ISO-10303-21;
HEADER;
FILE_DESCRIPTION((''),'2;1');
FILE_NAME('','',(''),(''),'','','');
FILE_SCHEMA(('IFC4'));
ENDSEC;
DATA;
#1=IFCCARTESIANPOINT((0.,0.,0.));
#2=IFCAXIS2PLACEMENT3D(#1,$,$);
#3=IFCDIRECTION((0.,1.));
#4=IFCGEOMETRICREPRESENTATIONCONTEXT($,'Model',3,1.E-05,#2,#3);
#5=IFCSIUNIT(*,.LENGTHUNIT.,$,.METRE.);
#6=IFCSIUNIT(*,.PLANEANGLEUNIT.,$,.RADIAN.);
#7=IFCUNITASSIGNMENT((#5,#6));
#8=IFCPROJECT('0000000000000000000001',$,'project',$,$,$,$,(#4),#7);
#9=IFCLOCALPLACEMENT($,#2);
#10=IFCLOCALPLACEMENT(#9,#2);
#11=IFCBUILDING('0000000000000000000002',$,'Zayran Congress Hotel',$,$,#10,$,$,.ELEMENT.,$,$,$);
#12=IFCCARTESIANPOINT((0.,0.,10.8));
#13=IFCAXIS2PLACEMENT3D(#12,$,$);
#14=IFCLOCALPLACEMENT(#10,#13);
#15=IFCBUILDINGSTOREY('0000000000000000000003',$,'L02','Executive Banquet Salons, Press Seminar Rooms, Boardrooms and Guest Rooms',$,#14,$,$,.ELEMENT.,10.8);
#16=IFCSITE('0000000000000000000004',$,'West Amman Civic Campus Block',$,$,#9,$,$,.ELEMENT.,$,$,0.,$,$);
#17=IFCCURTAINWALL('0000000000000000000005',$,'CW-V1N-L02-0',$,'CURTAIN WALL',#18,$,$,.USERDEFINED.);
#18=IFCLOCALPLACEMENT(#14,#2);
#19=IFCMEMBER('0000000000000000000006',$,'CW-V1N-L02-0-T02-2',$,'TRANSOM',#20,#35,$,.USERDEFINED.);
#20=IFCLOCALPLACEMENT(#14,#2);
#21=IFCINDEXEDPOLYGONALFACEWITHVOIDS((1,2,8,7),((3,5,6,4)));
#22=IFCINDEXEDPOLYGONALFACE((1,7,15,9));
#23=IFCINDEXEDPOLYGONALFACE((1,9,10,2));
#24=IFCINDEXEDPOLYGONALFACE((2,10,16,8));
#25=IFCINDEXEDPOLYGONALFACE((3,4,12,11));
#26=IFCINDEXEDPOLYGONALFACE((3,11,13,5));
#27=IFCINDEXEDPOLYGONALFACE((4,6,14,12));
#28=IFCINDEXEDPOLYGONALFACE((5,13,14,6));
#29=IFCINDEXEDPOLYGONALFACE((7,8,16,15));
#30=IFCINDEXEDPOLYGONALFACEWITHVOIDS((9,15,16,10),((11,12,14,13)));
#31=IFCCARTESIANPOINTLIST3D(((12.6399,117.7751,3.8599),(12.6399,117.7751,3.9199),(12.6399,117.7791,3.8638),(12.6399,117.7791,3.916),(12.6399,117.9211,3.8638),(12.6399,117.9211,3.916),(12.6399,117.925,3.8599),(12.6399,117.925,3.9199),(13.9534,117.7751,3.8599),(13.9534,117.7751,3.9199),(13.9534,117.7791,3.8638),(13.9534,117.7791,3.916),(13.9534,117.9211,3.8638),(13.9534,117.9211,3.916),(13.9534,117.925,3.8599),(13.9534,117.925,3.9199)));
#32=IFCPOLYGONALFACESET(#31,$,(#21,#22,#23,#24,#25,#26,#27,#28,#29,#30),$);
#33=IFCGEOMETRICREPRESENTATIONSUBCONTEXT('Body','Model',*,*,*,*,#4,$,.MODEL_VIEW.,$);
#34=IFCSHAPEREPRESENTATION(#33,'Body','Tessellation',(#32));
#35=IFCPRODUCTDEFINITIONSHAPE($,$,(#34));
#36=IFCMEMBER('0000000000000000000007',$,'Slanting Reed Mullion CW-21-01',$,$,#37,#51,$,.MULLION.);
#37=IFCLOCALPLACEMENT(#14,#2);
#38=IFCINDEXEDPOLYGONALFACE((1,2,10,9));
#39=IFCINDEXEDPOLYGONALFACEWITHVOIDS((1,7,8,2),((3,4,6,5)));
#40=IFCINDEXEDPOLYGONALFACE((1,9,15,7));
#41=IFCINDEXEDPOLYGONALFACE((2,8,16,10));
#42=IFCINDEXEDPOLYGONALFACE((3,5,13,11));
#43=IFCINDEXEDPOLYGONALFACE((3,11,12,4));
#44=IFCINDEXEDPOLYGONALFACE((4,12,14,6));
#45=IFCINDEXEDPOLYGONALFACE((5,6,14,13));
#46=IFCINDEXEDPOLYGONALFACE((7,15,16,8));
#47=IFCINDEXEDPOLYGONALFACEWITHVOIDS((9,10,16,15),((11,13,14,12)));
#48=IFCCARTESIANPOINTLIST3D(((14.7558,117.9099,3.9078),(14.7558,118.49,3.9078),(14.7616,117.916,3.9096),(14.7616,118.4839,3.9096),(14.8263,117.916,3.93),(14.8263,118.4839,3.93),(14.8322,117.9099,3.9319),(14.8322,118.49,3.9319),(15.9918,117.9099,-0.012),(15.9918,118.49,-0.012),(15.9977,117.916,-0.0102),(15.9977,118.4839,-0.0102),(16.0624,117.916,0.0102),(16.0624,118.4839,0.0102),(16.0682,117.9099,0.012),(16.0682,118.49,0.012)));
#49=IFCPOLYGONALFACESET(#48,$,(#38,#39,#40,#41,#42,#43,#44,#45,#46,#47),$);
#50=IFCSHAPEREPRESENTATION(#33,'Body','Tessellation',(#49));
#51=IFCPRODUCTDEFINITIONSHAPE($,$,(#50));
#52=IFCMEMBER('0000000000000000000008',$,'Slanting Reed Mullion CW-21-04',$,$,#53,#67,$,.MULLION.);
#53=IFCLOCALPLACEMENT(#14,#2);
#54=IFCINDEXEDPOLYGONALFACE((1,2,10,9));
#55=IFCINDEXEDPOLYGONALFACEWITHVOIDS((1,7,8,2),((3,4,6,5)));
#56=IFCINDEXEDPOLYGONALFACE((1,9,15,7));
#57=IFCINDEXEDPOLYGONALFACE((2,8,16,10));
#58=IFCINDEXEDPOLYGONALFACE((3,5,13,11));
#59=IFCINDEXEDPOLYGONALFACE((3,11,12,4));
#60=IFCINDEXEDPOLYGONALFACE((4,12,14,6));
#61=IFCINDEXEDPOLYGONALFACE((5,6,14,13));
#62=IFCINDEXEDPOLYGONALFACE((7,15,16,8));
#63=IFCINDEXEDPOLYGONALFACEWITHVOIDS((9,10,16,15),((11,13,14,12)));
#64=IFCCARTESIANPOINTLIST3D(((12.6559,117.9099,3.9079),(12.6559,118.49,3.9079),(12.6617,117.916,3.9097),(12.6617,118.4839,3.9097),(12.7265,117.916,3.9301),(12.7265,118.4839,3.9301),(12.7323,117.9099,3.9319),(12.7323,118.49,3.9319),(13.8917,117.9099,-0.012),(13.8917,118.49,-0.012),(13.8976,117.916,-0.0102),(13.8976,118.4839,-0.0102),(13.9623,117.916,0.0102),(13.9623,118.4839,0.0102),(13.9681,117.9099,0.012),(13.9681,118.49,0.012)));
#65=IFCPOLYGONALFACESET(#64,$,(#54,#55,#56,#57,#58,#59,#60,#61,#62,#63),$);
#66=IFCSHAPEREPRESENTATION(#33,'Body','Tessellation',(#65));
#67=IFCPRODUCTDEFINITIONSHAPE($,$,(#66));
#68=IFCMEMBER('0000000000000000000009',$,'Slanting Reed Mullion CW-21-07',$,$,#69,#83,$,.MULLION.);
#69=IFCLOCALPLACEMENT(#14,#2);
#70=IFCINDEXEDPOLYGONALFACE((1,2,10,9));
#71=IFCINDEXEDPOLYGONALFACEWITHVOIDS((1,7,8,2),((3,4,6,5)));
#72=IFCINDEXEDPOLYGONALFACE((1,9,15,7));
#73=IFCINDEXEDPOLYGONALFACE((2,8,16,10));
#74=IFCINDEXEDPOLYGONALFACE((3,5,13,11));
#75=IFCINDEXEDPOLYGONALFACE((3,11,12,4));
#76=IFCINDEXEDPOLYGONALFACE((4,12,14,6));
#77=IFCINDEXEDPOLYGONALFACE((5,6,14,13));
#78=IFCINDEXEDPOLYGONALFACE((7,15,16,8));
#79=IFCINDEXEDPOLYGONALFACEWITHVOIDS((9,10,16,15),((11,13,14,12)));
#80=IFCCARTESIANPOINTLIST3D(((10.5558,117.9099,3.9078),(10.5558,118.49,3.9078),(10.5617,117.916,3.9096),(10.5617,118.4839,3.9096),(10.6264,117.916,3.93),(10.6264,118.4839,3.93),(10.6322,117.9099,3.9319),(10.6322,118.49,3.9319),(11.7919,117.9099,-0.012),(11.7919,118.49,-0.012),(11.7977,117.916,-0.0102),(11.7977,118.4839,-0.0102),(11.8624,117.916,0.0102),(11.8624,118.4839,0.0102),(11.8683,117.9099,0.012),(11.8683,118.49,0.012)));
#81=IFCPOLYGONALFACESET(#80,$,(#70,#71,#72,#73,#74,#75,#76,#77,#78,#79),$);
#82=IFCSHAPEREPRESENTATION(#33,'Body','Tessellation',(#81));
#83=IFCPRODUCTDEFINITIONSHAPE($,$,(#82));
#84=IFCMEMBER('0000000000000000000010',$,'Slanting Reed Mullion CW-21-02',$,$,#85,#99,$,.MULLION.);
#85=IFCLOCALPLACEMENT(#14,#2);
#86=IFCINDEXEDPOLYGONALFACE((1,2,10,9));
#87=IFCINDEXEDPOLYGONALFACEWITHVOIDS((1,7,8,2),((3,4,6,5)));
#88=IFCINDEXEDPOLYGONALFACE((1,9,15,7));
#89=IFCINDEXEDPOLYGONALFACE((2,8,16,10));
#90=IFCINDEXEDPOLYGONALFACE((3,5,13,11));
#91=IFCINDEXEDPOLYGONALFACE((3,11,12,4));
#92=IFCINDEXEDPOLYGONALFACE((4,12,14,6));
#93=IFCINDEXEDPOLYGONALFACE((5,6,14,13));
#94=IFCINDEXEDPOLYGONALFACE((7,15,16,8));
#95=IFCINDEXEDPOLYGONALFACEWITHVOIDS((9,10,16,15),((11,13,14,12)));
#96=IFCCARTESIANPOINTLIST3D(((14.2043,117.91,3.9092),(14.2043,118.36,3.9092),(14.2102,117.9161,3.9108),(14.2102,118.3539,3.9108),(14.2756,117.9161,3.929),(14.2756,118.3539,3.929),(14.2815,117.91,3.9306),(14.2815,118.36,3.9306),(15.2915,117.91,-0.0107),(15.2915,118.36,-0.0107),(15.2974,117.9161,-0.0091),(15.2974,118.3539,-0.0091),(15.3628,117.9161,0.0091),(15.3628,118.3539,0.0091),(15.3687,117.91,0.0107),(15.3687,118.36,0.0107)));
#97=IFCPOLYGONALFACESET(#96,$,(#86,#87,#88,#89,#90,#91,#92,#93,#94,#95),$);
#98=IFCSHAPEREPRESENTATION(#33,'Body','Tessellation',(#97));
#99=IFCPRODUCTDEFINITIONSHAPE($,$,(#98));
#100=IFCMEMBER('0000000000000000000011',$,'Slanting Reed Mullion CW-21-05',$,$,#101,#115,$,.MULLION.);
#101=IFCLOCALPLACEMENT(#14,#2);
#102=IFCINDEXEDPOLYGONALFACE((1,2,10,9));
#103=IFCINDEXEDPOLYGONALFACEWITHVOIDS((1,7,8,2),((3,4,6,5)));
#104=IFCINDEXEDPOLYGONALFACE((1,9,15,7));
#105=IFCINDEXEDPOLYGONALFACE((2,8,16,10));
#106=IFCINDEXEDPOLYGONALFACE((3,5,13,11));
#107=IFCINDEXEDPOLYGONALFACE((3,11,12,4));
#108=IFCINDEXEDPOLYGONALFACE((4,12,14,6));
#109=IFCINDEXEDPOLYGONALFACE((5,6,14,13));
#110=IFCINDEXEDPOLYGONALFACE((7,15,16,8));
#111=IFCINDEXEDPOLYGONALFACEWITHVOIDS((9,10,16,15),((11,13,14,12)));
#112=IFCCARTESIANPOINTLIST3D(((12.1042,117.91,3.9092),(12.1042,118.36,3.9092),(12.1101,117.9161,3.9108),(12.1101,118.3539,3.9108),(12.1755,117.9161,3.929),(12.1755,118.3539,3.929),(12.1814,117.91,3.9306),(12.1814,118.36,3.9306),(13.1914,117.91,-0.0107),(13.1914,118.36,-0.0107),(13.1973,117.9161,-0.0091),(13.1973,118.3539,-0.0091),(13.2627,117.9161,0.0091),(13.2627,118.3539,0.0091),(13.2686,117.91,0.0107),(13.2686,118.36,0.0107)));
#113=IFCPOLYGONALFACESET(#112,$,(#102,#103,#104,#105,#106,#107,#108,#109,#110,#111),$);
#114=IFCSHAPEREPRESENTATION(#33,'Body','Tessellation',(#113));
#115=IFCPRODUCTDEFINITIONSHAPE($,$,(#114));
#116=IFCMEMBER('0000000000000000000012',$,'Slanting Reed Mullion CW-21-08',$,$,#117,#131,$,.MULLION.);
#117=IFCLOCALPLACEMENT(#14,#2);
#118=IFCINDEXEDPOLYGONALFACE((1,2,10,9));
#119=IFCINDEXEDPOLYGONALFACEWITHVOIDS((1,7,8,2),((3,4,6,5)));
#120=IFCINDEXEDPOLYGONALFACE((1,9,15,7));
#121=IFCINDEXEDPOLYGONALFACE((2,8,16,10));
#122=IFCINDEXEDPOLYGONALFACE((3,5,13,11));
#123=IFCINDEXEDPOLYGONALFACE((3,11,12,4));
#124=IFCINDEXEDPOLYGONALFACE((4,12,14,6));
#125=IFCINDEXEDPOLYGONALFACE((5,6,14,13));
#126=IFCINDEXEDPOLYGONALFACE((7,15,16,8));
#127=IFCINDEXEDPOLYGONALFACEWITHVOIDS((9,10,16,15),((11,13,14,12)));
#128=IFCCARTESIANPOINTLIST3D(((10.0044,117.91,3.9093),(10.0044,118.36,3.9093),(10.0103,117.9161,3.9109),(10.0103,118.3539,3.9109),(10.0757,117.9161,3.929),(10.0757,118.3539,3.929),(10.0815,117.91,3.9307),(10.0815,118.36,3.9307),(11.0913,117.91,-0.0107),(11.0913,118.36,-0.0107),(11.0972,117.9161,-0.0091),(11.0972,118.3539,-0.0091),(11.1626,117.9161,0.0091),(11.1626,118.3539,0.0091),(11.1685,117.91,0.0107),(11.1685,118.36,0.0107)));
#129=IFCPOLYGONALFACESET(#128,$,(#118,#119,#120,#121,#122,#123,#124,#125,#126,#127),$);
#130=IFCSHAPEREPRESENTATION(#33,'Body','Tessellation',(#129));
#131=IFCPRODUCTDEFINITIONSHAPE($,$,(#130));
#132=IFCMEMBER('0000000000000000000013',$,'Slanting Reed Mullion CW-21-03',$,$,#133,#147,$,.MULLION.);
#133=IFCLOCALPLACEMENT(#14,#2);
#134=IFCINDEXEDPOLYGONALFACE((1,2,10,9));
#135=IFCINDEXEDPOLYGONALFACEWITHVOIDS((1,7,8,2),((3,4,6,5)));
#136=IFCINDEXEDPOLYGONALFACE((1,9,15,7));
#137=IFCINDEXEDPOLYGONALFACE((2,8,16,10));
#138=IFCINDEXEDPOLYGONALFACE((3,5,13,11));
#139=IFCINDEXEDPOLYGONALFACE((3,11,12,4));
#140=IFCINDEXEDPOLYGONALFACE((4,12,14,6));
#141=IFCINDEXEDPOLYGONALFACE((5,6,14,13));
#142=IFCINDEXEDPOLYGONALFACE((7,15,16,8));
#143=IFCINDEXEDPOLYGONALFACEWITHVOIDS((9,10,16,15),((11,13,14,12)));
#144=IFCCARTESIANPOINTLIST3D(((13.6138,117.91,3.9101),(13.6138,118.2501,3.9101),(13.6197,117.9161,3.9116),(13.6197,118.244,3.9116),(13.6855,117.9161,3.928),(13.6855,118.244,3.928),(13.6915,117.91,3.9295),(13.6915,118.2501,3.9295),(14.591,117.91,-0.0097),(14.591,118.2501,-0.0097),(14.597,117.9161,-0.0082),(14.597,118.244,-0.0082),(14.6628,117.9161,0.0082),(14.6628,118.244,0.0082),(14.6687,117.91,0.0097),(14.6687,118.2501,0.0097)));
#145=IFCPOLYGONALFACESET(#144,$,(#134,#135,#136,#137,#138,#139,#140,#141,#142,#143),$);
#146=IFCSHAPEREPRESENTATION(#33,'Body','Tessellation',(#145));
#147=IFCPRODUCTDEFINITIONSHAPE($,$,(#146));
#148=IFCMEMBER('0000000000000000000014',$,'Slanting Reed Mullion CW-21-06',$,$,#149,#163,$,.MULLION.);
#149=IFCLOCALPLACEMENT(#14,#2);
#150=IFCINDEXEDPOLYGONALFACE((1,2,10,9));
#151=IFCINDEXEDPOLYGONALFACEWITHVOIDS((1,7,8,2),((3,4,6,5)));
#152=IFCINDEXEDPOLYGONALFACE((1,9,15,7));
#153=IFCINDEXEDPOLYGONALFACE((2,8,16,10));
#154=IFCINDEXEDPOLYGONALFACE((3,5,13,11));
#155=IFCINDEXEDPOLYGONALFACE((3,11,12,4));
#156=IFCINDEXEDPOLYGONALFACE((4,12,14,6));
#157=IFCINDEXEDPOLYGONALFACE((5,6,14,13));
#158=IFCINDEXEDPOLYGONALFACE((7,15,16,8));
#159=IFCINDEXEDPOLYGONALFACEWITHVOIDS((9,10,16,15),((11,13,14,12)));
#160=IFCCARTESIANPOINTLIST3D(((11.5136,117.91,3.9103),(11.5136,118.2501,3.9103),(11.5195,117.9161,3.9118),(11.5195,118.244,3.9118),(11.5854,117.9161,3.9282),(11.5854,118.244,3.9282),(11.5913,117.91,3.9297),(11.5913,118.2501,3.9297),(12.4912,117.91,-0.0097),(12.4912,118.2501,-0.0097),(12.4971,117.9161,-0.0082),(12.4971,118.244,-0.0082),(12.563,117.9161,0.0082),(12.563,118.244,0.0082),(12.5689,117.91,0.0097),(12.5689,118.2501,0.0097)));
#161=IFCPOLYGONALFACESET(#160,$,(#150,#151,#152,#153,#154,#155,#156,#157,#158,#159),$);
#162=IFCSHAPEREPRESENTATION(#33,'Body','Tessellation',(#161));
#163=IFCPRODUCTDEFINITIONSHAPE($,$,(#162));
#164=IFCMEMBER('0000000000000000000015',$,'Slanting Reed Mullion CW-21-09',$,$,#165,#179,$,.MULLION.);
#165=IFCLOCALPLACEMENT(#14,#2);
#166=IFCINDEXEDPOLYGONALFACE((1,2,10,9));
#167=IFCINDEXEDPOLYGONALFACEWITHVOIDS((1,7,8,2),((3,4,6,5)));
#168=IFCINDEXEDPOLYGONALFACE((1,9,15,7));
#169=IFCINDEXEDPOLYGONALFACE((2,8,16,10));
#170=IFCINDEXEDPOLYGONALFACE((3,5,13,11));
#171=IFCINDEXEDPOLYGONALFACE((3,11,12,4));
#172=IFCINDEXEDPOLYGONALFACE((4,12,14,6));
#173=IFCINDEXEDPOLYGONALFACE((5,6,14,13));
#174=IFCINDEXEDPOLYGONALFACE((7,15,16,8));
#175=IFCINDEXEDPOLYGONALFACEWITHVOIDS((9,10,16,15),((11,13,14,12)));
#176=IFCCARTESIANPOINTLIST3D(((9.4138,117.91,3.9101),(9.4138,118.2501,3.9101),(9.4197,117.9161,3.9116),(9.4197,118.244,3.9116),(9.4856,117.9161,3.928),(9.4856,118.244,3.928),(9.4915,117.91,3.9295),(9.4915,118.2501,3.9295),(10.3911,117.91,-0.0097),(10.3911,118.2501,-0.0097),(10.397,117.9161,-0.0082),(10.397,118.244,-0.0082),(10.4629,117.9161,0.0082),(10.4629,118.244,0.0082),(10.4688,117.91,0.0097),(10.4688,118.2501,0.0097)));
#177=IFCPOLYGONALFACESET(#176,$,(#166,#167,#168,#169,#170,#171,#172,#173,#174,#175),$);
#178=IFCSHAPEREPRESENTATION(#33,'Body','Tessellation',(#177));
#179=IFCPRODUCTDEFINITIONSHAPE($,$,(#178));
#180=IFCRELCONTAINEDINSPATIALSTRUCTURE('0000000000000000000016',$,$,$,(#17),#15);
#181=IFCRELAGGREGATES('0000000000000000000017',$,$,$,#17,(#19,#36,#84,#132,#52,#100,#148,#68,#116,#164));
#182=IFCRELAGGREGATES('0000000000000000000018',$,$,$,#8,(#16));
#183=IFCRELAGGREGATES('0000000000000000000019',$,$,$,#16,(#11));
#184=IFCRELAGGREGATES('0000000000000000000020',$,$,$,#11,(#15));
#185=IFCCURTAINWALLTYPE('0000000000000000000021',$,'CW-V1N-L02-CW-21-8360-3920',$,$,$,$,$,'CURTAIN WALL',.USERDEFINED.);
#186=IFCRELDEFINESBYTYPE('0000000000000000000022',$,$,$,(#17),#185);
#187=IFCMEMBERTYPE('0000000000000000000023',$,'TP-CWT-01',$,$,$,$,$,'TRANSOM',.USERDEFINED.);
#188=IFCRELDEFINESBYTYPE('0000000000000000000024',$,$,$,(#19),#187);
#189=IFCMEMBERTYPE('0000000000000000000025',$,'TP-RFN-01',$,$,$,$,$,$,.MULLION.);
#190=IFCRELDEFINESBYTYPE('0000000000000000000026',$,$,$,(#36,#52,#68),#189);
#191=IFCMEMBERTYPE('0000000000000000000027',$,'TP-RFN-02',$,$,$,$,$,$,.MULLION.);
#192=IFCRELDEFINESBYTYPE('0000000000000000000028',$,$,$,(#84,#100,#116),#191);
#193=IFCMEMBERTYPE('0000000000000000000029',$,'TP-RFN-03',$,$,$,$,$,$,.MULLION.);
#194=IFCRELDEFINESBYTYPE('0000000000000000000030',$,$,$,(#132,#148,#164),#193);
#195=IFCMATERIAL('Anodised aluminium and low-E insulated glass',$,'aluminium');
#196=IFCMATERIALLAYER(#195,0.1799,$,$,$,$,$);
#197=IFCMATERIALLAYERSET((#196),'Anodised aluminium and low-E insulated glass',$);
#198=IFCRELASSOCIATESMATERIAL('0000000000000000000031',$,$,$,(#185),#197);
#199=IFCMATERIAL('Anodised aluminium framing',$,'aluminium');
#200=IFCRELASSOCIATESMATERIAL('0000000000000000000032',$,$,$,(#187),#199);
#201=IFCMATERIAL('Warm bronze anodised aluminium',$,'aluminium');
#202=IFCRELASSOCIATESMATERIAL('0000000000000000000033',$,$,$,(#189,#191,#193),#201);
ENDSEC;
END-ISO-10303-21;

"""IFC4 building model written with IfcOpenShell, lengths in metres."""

from ifc_helpers import new_model, si_unit, direction, frame, origin, origin_2d, place, context, subcontext, project, spatial, hollow_rectangle, extrude, material, layer, layer_set, material_profile, profile_set, type_object, element, aggregate, save


model = new_model("IFC4")

# Units and contexts
model_context = context("Model", 3, precision=1e-05, world=origin(), true_north=direction((0.0, 1.0)))
body_context = subcontext(model_context, "Body", "Model", "MODEL_VIEW")
ifc_project = project(units=[si_unit("LENGTHUNIT", "METRE"), si_unit("PLANEANGLEUNIT", "RADIAN")], contexts=[model_context])

# Site, building, storey
site_placement = place(None, origin())
site = spatial("IfcSite", under=ifc_project, at=site_placement, Name="West Amman Civic Campus Block", CompositionType="ELEMENT", RefElevation=0.0)
building_placement = place(site_placement, origin())
building = spatial("IfcBuilding", under=site, at=building_placement, Name="Zayran Congress Hotel", CompositionType="ELEMENT")
storey_placement = place(building_placement, frame((0.0, 0.0, 10.8)))
storey = spatial("IfcBuildingStorey", under=building, at=storey_placement, Name="L02", Description="Executive Banquet Salons, Press Seminar Rooms, Boardrooms and Guest Rooms", CompositionType="ELEMENT", Elevation=10.8)

# Curtain wall, members
ifc_material_1 = material(Name="Anodised aluminium and low-E insulated glass", Category="aluminium")
ifc_layer_1 = layer(ifc_material_1, 0.1799)
ifc_layer_set_1 = layer_set([ifc_layer_1], Name="Anodised aluminium and low-E insulated glass")
curtain_wall_type = type_object("IfcCurtainWallType", Name="CW-V1N-L02-CW-21-8360-3920", ElementType="CURTAIN WALL", PredefinedType="USERDEFINED", material=ifc_layer_set_1)
curtain_wall_placement = place(storey_placement, origin())
curtain_wall = element("IfcCurtainWall", 1, at=curtain_wall_placement, inside=storey, type_object=curtain_wall_type, Name="CW-V1N-L02-0", ObjectType="CURTAIN WALL", PredefinedType="USERDEFINED")
ifc_material_2 = material(Name="Anodised aluminium framing", Category="aluminium")
ifc_material_profile_1 = material_profile(ifc_material_2, hollow_rectangle(XDim=0.0601, YDim=0.1499, WallThickness=0.0039, at=origin_2d()), Name="RHS 150x60x4")
ifc_profile_set_1 = profile_set([ifc_material_profile_1], Name="Anodised aluminium framing")
member_type_1 = type_object("IfcMemberType", Name="TP-CWT-01", ElementType="TRANSOM", PredefinedType="USERDEFINED", material=ifc_profile_set_1)
member_1_placement = place(storey_placement, frame((13.9534, 117.8501, 3.8899), z_axis=(-1.0, 0.0, 0.0), x_axis=(0.0, 0.0, 1.0)))
member_1 = element("IfcMember", 2, at=member_1_placement, type_object=member_type_1, Name="CW-V1N-L02-0-T02-2", ObjectType="TRANSOM", PredefinedType="USERDEFINED", context=body_context, shape_type="SweptSolid", body=[
    extrude(hollow_rectangle(XDim=0.0601, YDim=0.1499, WallThickness=0.0039, at=origin_2d()), origin(), (0.0, 0.0, 1.0), 1.3135),
])
ifc_material_3 = material(Name="Warm bronze anodised aluminium", Category="aluminium")
ifc_material_profile_2 = material_profile(ifc_material_3, hollow_rectangle(XDim=0.0801, YDim=0.5801, WallThickness=0.0061, at=origin_2d()), Name="RHS 580x80x6")
ifc_profile_set_2 = profile_set([ifc_material_profile_2], Name="Warm bronze anodised aluminium")
member_type_2 = type_object("IfcMemberType", Name="TP-RFN-01", PredefinedType="MULLION", material=ifc_profile_set_2)
member_2_placement = place(storey_placement, frame((16.03, 118.2, 0.0), z_axis=(-0.300736, 0.0, 0.953707), x_axis=(0.953707, 0.0, 0.300736)))
member_2 = element("IfcMember", 3, at=member_2_placement, type_object=member_type_2, Name="Slanting Reed Mullion CW-21-01", PredefinedType="MULLION", context=body_context, shape_type="SweptSolid", body=[
    extrude(hollow_rectangle(XDim=0.0801, YDim=0.5801, WallThickness=0.0061, at=origin_2d()), origin(), (0.0, 0.0, 1.0), 4.1101),
])
member_3_placement = place(storey_placement, frame((13.9299, 118.2, 0.0), z_axis=(-0.300682, 0.0, 0.953724), x_axis=(0.953724, 0.0, 0.300682)))
member_3 = element("IfcMember", 4, at=member_3_placement, type_object=member_type_2, Name="Slanting Reed Mullion CW-21-04", PredefinedType="MULLION", context=body_context, shape_type="SweptSolid", body=[
    extrude(hollow_rectangle(XDim=0.0801, YDim=0.5801, WallThickness=0.0061, at=origin_2d()), origin(), (0.0, 0.0, 1.0), 4.1101),
])
member_4_placement = place(storey_placement, frame((11.8301, 118.2, 0.0), z_axis=(-0.300736, 0.0, 0.953707), x_axis=(0.953707, 0.0, 0.300736)))
member_4 = element("IfcMember", 5, at=member_4_placement, type_object=member_type_2, Name="Slanting Reed Mullion CW-21-07", PredefinedType="MULLION", context=body_context, shape_type="SweptSolid", body=[
    extrude(hollow_rectangle(XDim=0.0801, YDim=0.5801, WallThickness=0.0061, at=origin_2d()), origin(), (0.0, 0.0, 1.0), 4.1101),
])
ifc_material_profile_3 = material_profile(ifc_material_3, hollow_rectangle(XDim=0.0801, YDim=0.45, WallThickness=0.0061, at=origin_2d()), Name="RHS 450x80x6")
ifc_profile_set_3 = profile_set([ifc_material_profile_3], Name="Warm bronze anodised aluminium")
member_type_3 = type_object("IfcMemberType", Name="TP-RFN-02", PredefinedType="MULLION", material=ifc_profile_set_3)
member_5_placement = place(storey_placement, frame((15.3301, 118.135, 0.0), z_axis=(-0.267254, 0.0, 0.963626), x_axis=(0.963626, 0.0, 0.267254)))
member_5 = element("IfcMember", 6, at=member_5_placement, type_object=member_type_3, Name="Slanting Reed Mullion CW-21-02", PredefinedType="MULLION", context=body_context, shape_type="SweptSolid", body=[
    extrude(hollow_rectangle(XDim=0.0801, YDim=0.45, WallThickness=0.0061, at=origin_2d()), origin(), (0.0, 0.0, 1.0), 4.0679),
])
member_6_placement = place(storey_placement, frame((13.23, 118.135, 0.0), z_axis=(-0.267254, 0.0, 0.963626), x_axis=(0.963626, 0.0, 0.267254)))
member_6 = element("IfcMember", 7, at=member_6_placement, type_object=member_type_3, Name="Slanting Reed Mullion CW-21-05", PredefinedType="MULLION", context=body_context, shape_type="SweptSolid", body=[
    extrude(hollow_rectangle(XDim=0.0801, YDim=0.45, WallThickness=0.0061, at=origin_2d()), origin(), (0.0, 0.0, 1.0), 4.0679),
])
member_7_placement = place(storey_placement, frame((11.1299, 118.135, 0.0), z_axis=(-0.267198, 0.0, 0.963642), x_axis=(0.963642, 0.0, 0.267198)))
member_7 = element("IfcMember", 8, at=member_7_placement, type_object=member_type_3, Name="Slanting Reed Mullion CW-21-08", PredefinedType="MULLION", context=body_context, shape_type="SweptSolid", body=[
    extrude(hollow_rectangle(XDim=0.0801, YDim=0.45, WallThickness=0.0061, at=origin_2d()), origin(), (0.0, 0.0, 1.0), 4.0679),
])
ifc_material_profile_4 = material_profile(ifc_material_3, hollow_rectangle(XDim=0.0801, YDim=0.3401, WallThickness=0.0061, at=origin_2d()), Name="RHS 340x80x6")
ifc_profile_set_4 = profile_set([ifc_material_profile_4], Name="Warm bronze anodised aluminium")
member_type_4 = type_object("IfcMemberType", Name="TP-RFN-03", PredefinedType="MULLION", material=ifc_profile_set_4)
member_8_placement = place(storey_placement, frame((14.6299, 118.0801, 0.0), z_axis=(-0.24191, 0.0, 0.970299), x_axis=(0.970299, 0.0, 0.24191)))
member_8 = element("IfcMember", 9, at=member_8_placement, type_object=member_type_4, Name="Slanting Reed Mullion CW-21-03", PredefinedType="MULLION", context=body_context, shape_type="SweptSolid", body=[
    extrude(hollow_rectangle(XDim=0.0801, YDim=0.3401, WallThickness=0.0061, at=origin_2d()), origin(), (0.0, 0.0, 1.0), 4.0398),
])
member_9_placement = place(storey_placement, frame((12.53, 118.0801, 0.0), z_axis=(-0.241967, 0.0, 0.970285), x_axis=(0.970285, 0.0, 0.241967)))
member_9 = element("IfcMember", 10, at=member_9_placement, type_object=member_type_4, Name="Slanting Reed Mullion CW-21-06", PredefinedType="MULLION", context=body_context, shape_type="SweptSolid", body=[
    extrude(hollow_rectangle(XDim=0.0801, YDim=0.3401, WallThickness=0.0061, at=origin_2d()), origin(), (0.0, 0.0, 1.0), 4.04),
])
member_10_placement = place(storey_placement, frame((10.4299, 118.0801, 0.0), z_axis=(-0.24191, 0.0, 0.970299), x_axis=(0.970299, 0.0, 0.24191)))
member_10 = element("IfcMember", 11, at=member_10_placement, type_object=member_type_4, Name="Slanting Reed Mullion CW-21-09", PredefinedType="MULLION", context=body_context, shape_type="SweptSolid", body=[
    extrude(hollow_rectangle(XDim=0.0801, YDim=0.3401, WallThickness=0.0061, at=origin_2d()), origin(), (0.0, 0.0, 1.0), 4.0398),
])
aggregate(curtain_wall, [member_1, member_2, member_5, member_8, member_3, member_6, member_9, member_4, member_7, member_10])

save(model, "model.ifc")
